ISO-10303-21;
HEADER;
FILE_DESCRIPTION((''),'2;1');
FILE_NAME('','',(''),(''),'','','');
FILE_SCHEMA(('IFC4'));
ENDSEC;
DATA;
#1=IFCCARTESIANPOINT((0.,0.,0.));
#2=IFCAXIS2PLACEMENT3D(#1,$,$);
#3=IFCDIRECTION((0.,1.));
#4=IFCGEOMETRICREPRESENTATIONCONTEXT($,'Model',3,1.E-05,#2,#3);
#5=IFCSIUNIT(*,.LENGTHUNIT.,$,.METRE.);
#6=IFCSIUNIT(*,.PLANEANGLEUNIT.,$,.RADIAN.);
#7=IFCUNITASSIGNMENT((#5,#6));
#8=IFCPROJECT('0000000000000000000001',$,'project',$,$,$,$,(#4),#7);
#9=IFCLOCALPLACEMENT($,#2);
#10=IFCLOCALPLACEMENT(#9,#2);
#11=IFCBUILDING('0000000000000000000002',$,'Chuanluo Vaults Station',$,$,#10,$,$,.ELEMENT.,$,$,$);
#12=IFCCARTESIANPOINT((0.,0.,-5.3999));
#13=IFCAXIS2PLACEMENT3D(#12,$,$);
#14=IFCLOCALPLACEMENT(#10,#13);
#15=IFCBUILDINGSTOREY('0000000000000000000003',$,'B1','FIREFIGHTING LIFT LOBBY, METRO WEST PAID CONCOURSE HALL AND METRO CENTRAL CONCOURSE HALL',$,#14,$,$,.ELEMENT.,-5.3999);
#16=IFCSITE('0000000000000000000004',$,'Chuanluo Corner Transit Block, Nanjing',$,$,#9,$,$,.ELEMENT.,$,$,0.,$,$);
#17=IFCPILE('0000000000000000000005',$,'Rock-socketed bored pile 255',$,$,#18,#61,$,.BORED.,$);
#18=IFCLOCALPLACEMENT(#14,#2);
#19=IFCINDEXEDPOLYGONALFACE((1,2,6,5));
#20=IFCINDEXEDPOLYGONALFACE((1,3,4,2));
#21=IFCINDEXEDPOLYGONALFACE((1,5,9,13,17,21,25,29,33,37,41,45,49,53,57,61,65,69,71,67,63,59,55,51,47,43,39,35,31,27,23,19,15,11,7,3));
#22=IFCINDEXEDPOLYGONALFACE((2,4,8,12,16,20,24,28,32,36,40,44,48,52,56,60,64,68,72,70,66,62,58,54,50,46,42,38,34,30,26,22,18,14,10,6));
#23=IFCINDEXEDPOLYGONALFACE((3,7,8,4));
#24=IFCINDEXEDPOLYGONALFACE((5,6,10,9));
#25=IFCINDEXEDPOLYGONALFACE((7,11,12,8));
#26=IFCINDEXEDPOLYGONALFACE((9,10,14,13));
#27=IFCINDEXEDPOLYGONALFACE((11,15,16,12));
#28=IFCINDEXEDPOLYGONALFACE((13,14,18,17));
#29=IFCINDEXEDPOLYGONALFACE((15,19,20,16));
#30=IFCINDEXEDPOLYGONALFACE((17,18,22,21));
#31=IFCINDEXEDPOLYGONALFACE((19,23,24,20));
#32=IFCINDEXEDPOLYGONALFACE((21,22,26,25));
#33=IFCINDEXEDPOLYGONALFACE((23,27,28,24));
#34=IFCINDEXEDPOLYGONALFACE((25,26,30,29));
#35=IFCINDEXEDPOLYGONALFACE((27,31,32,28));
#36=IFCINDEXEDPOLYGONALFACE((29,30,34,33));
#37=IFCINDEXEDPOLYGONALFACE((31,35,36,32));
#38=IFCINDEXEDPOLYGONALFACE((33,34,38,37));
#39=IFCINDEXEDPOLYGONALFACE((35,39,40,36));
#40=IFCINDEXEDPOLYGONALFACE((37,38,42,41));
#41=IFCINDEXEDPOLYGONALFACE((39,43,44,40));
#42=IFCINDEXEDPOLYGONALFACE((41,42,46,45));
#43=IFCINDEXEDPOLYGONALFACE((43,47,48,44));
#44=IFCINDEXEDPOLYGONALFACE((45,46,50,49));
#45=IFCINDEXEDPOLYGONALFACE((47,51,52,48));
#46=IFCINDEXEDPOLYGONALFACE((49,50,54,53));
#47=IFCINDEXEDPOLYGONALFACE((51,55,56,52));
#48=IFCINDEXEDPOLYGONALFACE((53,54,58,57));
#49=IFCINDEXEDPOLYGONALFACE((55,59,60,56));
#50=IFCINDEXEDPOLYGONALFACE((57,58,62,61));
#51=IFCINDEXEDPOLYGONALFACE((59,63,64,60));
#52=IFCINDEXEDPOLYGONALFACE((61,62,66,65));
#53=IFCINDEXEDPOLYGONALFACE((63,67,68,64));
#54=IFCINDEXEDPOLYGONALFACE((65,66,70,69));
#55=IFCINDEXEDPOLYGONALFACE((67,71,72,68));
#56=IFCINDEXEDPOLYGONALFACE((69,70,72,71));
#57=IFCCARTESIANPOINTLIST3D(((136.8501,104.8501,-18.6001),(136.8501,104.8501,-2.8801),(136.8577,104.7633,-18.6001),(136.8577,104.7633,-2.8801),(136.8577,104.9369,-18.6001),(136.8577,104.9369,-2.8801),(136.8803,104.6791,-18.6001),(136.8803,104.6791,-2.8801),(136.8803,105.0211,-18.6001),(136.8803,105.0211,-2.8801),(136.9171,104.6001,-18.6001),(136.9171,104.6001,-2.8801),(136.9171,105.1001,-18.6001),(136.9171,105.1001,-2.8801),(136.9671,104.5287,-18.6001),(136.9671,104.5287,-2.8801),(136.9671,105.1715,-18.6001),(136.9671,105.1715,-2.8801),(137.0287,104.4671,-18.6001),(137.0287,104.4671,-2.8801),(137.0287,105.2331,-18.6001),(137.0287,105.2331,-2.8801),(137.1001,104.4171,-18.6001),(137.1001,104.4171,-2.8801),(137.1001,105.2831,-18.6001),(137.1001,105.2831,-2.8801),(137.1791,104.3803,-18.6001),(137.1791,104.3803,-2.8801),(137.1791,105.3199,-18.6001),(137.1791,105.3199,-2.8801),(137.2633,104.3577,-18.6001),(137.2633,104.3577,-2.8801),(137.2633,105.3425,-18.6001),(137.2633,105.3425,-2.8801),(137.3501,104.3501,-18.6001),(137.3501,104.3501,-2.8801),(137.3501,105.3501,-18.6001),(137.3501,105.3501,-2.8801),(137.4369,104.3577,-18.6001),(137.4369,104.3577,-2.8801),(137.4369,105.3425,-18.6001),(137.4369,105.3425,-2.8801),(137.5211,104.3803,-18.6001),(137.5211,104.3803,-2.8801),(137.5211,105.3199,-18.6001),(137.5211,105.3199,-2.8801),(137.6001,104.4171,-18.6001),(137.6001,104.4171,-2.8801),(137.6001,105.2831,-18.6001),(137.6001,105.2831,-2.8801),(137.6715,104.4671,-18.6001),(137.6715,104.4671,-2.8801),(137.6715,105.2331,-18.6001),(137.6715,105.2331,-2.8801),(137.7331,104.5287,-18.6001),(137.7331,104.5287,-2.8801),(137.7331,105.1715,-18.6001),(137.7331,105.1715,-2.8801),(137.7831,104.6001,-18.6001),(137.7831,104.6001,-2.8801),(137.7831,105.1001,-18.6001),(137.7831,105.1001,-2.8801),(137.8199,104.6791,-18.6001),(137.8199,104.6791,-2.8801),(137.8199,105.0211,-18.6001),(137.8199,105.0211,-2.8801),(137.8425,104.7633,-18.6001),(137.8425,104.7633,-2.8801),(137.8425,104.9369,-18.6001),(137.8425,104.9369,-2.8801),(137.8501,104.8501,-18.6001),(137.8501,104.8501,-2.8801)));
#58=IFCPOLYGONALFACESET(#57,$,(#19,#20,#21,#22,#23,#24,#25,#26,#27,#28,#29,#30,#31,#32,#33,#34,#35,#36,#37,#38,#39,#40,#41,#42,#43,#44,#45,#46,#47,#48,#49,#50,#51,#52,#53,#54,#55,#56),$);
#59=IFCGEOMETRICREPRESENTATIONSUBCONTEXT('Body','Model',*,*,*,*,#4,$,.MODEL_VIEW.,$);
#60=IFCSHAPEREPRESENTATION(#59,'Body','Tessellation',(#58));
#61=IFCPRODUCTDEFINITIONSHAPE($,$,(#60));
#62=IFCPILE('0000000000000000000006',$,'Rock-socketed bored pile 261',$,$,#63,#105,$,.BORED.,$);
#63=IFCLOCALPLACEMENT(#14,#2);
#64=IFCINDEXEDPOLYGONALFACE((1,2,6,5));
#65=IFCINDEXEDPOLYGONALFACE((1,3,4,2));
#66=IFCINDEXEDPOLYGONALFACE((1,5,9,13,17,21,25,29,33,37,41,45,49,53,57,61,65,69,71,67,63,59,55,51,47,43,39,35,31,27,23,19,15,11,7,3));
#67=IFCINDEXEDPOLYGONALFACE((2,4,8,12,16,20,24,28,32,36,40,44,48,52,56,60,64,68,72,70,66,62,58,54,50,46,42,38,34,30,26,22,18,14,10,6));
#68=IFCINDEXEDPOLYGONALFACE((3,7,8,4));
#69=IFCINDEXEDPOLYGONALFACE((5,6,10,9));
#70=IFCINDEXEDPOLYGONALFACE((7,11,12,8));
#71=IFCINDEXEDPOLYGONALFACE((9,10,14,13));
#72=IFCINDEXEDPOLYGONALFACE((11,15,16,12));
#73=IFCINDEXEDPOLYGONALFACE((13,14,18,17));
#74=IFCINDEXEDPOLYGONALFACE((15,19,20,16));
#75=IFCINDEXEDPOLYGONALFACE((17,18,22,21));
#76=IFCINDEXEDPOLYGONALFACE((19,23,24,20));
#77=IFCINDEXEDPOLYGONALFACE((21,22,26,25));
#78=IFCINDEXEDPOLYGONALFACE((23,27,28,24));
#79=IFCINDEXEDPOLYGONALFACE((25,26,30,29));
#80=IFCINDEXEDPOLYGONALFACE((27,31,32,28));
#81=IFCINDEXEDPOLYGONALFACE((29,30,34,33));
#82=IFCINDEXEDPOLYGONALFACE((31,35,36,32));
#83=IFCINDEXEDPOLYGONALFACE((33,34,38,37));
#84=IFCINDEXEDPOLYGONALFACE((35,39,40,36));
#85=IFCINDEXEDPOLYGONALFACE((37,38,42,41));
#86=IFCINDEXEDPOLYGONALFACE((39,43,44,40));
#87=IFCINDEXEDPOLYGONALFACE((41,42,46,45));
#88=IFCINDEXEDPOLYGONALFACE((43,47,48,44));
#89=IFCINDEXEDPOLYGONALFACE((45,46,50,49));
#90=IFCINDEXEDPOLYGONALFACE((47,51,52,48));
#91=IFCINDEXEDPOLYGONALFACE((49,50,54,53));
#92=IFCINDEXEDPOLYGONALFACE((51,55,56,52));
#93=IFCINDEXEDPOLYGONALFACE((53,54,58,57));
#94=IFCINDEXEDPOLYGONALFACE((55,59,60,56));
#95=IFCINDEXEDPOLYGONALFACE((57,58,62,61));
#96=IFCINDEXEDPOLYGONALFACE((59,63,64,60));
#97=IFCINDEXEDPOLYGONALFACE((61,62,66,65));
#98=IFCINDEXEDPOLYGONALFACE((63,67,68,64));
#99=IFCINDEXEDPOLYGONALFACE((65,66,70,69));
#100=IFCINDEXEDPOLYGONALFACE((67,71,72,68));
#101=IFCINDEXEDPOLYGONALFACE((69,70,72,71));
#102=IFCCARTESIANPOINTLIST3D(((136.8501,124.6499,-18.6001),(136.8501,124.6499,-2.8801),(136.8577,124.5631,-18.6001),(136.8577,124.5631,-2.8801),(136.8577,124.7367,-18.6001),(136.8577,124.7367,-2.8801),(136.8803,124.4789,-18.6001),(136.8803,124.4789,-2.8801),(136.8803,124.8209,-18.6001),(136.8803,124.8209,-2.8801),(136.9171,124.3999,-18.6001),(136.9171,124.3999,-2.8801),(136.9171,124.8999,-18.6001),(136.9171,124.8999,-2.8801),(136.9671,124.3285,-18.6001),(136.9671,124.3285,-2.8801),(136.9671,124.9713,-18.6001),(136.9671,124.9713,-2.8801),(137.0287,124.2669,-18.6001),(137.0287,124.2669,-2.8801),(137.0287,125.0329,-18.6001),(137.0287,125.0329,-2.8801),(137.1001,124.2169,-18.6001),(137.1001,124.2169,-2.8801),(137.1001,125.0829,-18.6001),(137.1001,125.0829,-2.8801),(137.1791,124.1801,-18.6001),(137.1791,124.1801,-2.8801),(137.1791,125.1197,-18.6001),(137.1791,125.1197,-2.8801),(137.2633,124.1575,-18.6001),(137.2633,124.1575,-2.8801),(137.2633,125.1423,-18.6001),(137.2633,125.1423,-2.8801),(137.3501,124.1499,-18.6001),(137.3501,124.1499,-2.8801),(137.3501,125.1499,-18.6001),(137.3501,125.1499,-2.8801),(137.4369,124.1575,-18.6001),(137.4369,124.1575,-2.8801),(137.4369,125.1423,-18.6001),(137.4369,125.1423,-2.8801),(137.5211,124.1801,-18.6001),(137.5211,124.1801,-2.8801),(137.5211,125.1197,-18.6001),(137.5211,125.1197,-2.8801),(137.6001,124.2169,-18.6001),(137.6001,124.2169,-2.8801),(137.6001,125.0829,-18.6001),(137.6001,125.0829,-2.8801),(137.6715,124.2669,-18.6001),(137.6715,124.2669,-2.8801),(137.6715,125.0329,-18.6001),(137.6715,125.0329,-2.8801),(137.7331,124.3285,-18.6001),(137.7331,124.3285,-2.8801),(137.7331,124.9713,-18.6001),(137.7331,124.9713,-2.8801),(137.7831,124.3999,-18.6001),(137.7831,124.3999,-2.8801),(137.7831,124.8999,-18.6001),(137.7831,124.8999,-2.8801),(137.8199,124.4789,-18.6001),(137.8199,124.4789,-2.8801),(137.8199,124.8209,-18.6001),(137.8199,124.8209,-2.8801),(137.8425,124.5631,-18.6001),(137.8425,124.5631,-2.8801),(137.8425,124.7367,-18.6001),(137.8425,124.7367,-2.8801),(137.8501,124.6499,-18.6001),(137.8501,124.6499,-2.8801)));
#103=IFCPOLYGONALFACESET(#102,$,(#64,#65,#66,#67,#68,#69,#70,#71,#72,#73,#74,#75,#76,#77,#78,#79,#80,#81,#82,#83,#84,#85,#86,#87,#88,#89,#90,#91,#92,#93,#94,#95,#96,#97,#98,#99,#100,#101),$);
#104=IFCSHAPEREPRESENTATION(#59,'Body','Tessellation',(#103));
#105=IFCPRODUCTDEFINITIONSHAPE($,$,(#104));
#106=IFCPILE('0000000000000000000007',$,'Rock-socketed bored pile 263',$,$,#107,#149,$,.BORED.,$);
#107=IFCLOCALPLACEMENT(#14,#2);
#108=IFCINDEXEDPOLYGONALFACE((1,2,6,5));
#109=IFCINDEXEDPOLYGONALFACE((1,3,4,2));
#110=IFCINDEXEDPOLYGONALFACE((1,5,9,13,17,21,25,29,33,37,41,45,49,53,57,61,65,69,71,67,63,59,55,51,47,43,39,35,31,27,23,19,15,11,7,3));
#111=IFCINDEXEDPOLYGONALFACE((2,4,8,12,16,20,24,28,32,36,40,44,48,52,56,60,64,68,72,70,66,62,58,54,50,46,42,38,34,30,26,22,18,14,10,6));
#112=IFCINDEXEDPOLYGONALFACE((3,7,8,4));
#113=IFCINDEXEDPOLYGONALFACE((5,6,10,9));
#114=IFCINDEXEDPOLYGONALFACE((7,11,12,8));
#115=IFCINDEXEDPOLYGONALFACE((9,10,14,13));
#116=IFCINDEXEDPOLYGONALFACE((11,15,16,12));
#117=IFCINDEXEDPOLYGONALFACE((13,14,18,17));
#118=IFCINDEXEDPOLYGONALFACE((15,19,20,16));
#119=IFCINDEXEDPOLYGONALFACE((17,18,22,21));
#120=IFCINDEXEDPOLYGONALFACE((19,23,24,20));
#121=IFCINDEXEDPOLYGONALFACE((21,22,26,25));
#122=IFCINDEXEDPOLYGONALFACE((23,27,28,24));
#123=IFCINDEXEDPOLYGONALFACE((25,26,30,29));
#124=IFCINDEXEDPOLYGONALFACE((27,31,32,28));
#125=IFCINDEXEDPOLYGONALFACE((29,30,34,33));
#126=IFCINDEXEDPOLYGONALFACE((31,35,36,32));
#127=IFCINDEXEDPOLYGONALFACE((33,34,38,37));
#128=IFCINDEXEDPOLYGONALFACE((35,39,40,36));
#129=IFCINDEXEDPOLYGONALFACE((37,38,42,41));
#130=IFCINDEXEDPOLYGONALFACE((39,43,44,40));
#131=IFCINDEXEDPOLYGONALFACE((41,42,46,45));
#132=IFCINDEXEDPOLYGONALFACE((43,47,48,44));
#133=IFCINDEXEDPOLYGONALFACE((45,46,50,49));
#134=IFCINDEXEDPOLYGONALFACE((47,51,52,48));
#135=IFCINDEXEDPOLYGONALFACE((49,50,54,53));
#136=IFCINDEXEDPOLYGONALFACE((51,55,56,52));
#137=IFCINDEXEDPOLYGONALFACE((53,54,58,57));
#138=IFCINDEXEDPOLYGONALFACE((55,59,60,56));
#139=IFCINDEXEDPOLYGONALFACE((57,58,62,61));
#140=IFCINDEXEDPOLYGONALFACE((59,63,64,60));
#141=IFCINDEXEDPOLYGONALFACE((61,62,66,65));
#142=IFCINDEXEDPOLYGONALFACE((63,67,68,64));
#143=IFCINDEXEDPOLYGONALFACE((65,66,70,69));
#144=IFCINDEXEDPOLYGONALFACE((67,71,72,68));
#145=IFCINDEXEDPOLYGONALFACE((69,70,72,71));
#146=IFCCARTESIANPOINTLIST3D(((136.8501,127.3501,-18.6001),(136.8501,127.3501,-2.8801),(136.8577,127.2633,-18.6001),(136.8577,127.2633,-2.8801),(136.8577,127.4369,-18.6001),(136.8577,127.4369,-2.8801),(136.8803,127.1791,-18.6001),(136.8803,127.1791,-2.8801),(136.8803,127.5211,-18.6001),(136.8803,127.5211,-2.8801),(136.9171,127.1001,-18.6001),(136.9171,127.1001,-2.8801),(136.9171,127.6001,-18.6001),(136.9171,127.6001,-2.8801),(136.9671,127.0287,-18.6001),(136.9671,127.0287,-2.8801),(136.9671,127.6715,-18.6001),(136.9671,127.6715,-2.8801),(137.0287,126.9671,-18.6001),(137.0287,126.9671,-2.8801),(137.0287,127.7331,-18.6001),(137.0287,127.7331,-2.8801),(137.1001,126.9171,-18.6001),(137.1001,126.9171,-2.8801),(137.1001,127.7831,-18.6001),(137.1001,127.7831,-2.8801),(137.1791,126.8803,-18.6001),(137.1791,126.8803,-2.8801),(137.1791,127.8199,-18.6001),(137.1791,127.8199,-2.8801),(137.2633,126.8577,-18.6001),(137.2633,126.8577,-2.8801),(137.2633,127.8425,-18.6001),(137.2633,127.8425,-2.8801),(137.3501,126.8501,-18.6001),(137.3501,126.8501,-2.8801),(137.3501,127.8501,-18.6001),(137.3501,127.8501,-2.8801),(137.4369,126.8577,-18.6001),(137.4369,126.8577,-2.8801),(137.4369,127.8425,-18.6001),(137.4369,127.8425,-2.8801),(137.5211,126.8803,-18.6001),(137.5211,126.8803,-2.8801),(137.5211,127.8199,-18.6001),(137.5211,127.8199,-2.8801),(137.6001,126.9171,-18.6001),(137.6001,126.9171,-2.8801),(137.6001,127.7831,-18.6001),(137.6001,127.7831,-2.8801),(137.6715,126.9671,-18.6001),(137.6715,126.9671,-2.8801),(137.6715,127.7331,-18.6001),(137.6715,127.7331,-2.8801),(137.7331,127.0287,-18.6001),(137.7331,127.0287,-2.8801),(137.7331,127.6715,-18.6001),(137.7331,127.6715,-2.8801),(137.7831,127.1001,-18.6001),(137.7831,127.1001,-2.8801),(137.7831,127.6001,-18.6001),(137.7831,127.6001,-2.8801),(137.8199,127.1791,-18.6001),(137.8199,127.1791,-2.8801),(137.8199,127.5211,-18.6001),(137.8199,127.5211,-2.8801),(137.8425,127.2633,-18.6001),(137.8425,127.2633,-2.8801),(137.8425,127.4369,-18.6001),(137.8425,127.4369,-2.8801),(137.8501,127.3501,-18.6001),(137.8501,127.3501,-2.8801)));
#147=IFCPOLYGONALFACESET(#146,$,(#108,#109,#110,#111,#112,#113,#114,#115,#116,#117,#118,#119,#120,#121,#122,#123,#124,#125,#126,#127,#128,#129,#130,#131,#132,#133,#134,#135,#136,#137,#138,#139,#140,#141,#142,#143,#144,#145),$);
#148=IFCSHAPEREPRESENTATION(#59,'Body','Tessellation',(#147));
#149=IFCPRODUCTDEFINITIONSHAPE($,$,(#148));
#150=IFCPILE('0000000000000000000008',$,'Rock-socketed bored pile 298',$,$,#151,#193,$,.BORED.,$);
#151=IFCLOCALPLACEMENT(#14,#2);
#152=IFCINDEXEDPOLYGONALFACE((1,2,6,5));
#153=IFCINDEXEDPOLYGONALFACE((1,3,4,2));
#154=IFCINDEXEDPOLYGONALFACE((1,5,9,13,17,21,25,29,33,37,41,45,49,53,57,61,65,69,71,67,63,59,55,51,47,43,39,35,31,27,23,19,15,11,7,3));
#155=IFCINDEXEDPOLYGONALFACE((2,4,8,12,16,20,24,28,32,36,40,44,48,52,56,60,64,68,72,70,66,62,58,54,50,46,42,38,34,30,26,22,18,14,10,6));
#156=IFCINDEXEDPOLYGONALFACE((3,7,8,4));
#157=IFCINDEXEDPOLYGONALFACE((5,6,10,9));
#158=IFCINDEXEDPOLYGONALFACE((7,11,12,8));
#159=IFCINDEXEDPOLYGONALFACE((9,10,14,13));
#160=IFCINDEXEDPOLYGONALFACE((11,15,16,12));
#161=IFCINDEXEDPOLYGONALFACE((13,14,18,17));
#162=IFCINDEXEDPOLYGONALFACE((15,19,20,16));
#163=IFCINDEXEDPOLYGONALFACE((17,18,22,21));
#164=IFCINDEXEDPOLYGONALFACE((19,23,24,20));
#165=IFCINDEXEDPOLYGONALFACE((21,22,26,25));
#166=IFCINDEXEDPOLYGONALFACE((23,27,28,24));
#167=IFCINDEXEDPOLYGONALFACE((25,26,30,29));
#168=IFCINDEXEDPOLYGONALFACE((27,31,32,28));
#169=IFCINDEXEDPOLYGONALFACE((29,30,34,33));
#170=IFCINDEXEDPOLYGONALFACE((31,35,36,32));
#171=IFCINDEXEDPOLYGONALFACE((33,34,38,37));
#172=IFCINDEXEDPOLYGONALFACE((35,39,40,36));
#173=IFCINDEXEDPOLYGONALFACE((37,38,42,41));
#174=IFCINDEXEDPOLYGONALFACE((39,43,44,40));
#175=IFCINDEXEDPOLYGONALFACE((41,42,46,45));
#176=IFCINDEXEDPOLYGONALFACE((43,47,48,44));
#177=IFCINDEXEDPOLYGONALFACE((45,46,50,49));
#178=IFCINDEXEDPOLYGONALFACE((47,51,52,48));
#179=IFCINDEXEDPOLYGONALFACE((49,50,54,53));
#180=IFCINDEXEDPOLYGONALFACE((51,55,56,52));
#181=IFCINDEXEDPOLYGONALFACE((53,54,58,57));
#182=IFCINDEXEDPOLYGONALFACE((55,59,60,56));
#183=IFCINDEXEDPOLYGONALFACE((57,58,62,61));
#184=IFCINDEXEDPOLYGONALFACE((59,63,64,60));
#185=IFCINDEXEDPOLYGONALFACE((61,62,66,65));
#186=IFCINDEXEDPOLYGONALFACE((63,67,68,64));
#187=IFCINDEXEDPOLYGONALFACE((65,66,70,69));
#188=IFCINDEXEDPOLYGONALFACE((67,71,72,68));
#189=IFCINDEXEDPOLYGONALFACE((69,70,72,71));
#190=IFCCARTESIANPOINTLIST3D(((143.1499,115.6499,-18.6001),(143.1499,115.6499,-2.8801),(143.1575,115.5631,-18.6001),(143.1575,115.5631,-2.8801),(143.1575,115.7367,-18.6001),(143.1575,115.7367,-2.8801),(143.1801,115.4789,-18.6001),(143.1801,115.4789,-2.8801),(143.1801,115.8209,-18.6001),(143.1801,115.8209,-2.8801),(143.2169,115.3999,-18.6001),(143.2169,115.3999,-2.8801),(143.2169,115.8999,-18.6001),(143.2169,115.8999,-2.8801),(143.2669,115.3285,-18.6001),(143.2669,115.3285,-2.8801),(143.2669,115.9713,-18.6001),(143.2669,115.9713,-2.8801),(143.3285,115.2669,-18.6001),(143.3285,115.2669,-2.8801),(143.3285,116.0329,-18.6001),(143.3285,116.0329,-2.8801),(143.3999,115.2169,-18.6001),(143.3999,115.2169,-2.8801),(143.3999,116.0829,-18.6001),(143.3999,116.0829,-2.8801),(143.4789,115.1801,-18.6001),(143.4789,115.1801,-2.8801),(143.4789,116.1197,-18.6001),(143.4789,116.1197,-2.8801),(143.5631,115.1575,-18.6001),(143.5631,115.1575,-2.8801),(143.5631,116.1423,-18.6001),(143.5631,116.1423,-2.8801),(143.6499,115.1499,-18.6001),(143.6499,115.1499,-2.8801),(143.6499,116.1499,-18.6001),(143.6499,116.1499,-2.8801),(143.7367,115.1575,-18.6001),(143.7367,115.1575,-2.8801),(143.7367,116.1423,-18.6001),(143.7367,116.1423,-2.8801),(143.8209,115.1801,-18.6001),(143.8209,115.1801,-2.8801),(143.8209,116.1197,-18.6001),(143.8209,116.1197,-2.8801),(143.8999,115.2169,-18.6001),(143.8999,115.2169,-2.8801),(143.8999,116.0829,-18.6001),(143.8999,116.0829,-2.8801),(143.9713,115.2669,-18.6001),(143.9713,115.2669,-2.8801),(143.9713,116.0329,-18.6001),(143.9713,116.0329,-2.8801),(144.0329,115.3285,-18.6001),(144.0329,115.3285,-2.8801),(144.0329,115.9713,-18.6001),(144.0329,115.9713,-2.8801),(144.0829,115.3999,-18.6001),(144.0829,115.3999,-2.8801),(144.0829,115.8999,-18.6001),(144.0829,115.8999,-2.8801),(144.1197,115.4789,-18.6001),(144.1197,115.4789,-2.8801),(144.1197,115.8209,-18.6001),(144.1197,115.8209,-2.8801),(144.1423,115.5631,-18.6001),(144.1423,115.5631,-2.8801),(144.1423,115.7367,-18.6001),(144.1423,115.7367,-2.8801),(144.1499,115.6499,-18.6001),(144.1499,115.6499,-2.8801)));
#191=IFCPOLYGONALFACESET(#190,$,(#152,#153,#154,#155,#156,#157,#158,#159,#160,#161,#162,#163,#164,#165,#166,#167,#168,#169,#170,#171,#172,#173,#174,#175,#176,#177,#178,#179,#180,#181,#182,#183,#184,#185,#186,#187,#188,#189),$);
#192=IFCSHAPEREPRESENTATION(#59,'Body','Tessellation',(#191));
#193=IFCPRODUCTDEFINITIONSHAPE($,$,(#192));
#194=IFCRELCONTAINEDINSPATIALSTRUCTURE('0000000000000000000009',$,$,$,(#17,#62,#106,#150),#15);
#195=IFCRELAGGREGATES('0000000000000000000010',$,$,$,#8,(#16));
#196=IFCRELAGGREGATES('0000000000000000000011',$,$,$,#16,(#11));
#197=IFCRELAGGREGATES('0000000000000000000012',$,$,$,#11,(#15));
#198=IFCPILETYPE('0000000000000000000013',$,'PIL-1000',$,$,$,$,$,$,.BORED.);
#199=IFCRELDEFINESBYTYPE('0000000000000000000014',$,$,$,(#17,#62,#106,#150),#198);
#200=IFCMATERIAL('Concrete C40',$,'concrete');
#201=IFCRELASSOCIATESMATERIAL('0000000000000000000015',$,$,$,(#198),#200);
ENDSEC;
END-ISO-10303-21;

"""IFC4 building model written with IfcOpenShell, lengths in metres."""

from ifc_helpers import new_model, si_unit, direction, frame, origin, origin_2d, place, context, subcontext, project, spatial, circle, extrude, material, material_profile, profile_set, type_object, element, save


model = new_model("IFC4")

# Units and contexts
model_context = context("Model", 3, precision=1e-05, world=origin(), true_north=direction((0.0, 1.0)))
body_context = subcontext(model_context, "Body", "Model", "MODEL_VIEW")
ifc_project = project(units=[si_unit("LENGTHUNIT", "METRE"), si_unit("PLANEANGLEUNIT", "RADIAN")], contexts=[model_context])

# Site, building, storey
site_placement = place(None, origin())
site = spatial("IfcSite", under=ifc_project, at=site_placement, Name="Chuanluo Corner Transit Block, Nanjing", CompositionType="ELEMENT", RefElevation=0.0)
building_placement = place(site_placement, origin())
building = spatial("IfcBuilding", under=site, at=building_placement, Name="Chuanluo Vaults Station", CompositionType="ELEMENT")
storey_placement = place(building_placement, frame((0.0, 0.0, -5.3999)))
storey = spatial("IfcBuildingStorey", under=building, at=storey_placement, Name="B1", Description="FIREFIGHTING LIFT LOBBY, METRO WEST PAID CONCOURSE HALL AND METRO CENTRAL CONCOURSE HALL", CompositionType="ELEMENT", Elevation=-5.3999)

# Piles
ifc_material_1 = material(Name="Concrete C40", Category="concrete")
ifc_material_profile_1 = material_profile(ifc_material_1, circle(Radius=0.5, at=origin_2d()))
ifc_profile_set_1 = profile_set([ifc_material_profile_1], Name="Concrete C40")
pile_type_1 = type_object("IfcPileType", Name="PIL-1000", PredefinedType="BORED", material=ifc_profile_set_1)
for number, where, z_axis, x_axis, name in (
    (1, (137.3501, 104.8501, -2.8801), (0.0, 0.0, -1.0), (1.0, 0.0, 0.0), "Rock-socketed bored pile 255"),
    (2, (137.3501, 124.6499, -2.8801), (0.0, 0.0, -1.0), (1.0, 0.0, 0.0), "Rock-socketed bored pile 261"),
    (3, (137.3501, 127.3501, -2.8801), (0.0, 0.0, -1.0), (1.0, 0.0, 0.0), "Rock-socketed bored pile 263"),
    (4, (143.6499, 115.6499, -2.8801), (0.0, 0.0, -1.0), (1.0, 0.0, 0.0), "Rock-socketed bored pile 298"),
):
    element("IfcPile", number, at=place(storey_placement, frame(where, z_axis=z_axis, x_axis=x_axis)), inside=storey, type_object=pile_type_1, Name=name, PredefinedType="BORED", context=body_context, shape_type="SweptSolid", body=[
        extrude(circle(Radius=0.5, at=origin_2d()), origin(), (0.0, 0.0, 1.0), 15.72),
    ])

save(model, "model.ifc")
